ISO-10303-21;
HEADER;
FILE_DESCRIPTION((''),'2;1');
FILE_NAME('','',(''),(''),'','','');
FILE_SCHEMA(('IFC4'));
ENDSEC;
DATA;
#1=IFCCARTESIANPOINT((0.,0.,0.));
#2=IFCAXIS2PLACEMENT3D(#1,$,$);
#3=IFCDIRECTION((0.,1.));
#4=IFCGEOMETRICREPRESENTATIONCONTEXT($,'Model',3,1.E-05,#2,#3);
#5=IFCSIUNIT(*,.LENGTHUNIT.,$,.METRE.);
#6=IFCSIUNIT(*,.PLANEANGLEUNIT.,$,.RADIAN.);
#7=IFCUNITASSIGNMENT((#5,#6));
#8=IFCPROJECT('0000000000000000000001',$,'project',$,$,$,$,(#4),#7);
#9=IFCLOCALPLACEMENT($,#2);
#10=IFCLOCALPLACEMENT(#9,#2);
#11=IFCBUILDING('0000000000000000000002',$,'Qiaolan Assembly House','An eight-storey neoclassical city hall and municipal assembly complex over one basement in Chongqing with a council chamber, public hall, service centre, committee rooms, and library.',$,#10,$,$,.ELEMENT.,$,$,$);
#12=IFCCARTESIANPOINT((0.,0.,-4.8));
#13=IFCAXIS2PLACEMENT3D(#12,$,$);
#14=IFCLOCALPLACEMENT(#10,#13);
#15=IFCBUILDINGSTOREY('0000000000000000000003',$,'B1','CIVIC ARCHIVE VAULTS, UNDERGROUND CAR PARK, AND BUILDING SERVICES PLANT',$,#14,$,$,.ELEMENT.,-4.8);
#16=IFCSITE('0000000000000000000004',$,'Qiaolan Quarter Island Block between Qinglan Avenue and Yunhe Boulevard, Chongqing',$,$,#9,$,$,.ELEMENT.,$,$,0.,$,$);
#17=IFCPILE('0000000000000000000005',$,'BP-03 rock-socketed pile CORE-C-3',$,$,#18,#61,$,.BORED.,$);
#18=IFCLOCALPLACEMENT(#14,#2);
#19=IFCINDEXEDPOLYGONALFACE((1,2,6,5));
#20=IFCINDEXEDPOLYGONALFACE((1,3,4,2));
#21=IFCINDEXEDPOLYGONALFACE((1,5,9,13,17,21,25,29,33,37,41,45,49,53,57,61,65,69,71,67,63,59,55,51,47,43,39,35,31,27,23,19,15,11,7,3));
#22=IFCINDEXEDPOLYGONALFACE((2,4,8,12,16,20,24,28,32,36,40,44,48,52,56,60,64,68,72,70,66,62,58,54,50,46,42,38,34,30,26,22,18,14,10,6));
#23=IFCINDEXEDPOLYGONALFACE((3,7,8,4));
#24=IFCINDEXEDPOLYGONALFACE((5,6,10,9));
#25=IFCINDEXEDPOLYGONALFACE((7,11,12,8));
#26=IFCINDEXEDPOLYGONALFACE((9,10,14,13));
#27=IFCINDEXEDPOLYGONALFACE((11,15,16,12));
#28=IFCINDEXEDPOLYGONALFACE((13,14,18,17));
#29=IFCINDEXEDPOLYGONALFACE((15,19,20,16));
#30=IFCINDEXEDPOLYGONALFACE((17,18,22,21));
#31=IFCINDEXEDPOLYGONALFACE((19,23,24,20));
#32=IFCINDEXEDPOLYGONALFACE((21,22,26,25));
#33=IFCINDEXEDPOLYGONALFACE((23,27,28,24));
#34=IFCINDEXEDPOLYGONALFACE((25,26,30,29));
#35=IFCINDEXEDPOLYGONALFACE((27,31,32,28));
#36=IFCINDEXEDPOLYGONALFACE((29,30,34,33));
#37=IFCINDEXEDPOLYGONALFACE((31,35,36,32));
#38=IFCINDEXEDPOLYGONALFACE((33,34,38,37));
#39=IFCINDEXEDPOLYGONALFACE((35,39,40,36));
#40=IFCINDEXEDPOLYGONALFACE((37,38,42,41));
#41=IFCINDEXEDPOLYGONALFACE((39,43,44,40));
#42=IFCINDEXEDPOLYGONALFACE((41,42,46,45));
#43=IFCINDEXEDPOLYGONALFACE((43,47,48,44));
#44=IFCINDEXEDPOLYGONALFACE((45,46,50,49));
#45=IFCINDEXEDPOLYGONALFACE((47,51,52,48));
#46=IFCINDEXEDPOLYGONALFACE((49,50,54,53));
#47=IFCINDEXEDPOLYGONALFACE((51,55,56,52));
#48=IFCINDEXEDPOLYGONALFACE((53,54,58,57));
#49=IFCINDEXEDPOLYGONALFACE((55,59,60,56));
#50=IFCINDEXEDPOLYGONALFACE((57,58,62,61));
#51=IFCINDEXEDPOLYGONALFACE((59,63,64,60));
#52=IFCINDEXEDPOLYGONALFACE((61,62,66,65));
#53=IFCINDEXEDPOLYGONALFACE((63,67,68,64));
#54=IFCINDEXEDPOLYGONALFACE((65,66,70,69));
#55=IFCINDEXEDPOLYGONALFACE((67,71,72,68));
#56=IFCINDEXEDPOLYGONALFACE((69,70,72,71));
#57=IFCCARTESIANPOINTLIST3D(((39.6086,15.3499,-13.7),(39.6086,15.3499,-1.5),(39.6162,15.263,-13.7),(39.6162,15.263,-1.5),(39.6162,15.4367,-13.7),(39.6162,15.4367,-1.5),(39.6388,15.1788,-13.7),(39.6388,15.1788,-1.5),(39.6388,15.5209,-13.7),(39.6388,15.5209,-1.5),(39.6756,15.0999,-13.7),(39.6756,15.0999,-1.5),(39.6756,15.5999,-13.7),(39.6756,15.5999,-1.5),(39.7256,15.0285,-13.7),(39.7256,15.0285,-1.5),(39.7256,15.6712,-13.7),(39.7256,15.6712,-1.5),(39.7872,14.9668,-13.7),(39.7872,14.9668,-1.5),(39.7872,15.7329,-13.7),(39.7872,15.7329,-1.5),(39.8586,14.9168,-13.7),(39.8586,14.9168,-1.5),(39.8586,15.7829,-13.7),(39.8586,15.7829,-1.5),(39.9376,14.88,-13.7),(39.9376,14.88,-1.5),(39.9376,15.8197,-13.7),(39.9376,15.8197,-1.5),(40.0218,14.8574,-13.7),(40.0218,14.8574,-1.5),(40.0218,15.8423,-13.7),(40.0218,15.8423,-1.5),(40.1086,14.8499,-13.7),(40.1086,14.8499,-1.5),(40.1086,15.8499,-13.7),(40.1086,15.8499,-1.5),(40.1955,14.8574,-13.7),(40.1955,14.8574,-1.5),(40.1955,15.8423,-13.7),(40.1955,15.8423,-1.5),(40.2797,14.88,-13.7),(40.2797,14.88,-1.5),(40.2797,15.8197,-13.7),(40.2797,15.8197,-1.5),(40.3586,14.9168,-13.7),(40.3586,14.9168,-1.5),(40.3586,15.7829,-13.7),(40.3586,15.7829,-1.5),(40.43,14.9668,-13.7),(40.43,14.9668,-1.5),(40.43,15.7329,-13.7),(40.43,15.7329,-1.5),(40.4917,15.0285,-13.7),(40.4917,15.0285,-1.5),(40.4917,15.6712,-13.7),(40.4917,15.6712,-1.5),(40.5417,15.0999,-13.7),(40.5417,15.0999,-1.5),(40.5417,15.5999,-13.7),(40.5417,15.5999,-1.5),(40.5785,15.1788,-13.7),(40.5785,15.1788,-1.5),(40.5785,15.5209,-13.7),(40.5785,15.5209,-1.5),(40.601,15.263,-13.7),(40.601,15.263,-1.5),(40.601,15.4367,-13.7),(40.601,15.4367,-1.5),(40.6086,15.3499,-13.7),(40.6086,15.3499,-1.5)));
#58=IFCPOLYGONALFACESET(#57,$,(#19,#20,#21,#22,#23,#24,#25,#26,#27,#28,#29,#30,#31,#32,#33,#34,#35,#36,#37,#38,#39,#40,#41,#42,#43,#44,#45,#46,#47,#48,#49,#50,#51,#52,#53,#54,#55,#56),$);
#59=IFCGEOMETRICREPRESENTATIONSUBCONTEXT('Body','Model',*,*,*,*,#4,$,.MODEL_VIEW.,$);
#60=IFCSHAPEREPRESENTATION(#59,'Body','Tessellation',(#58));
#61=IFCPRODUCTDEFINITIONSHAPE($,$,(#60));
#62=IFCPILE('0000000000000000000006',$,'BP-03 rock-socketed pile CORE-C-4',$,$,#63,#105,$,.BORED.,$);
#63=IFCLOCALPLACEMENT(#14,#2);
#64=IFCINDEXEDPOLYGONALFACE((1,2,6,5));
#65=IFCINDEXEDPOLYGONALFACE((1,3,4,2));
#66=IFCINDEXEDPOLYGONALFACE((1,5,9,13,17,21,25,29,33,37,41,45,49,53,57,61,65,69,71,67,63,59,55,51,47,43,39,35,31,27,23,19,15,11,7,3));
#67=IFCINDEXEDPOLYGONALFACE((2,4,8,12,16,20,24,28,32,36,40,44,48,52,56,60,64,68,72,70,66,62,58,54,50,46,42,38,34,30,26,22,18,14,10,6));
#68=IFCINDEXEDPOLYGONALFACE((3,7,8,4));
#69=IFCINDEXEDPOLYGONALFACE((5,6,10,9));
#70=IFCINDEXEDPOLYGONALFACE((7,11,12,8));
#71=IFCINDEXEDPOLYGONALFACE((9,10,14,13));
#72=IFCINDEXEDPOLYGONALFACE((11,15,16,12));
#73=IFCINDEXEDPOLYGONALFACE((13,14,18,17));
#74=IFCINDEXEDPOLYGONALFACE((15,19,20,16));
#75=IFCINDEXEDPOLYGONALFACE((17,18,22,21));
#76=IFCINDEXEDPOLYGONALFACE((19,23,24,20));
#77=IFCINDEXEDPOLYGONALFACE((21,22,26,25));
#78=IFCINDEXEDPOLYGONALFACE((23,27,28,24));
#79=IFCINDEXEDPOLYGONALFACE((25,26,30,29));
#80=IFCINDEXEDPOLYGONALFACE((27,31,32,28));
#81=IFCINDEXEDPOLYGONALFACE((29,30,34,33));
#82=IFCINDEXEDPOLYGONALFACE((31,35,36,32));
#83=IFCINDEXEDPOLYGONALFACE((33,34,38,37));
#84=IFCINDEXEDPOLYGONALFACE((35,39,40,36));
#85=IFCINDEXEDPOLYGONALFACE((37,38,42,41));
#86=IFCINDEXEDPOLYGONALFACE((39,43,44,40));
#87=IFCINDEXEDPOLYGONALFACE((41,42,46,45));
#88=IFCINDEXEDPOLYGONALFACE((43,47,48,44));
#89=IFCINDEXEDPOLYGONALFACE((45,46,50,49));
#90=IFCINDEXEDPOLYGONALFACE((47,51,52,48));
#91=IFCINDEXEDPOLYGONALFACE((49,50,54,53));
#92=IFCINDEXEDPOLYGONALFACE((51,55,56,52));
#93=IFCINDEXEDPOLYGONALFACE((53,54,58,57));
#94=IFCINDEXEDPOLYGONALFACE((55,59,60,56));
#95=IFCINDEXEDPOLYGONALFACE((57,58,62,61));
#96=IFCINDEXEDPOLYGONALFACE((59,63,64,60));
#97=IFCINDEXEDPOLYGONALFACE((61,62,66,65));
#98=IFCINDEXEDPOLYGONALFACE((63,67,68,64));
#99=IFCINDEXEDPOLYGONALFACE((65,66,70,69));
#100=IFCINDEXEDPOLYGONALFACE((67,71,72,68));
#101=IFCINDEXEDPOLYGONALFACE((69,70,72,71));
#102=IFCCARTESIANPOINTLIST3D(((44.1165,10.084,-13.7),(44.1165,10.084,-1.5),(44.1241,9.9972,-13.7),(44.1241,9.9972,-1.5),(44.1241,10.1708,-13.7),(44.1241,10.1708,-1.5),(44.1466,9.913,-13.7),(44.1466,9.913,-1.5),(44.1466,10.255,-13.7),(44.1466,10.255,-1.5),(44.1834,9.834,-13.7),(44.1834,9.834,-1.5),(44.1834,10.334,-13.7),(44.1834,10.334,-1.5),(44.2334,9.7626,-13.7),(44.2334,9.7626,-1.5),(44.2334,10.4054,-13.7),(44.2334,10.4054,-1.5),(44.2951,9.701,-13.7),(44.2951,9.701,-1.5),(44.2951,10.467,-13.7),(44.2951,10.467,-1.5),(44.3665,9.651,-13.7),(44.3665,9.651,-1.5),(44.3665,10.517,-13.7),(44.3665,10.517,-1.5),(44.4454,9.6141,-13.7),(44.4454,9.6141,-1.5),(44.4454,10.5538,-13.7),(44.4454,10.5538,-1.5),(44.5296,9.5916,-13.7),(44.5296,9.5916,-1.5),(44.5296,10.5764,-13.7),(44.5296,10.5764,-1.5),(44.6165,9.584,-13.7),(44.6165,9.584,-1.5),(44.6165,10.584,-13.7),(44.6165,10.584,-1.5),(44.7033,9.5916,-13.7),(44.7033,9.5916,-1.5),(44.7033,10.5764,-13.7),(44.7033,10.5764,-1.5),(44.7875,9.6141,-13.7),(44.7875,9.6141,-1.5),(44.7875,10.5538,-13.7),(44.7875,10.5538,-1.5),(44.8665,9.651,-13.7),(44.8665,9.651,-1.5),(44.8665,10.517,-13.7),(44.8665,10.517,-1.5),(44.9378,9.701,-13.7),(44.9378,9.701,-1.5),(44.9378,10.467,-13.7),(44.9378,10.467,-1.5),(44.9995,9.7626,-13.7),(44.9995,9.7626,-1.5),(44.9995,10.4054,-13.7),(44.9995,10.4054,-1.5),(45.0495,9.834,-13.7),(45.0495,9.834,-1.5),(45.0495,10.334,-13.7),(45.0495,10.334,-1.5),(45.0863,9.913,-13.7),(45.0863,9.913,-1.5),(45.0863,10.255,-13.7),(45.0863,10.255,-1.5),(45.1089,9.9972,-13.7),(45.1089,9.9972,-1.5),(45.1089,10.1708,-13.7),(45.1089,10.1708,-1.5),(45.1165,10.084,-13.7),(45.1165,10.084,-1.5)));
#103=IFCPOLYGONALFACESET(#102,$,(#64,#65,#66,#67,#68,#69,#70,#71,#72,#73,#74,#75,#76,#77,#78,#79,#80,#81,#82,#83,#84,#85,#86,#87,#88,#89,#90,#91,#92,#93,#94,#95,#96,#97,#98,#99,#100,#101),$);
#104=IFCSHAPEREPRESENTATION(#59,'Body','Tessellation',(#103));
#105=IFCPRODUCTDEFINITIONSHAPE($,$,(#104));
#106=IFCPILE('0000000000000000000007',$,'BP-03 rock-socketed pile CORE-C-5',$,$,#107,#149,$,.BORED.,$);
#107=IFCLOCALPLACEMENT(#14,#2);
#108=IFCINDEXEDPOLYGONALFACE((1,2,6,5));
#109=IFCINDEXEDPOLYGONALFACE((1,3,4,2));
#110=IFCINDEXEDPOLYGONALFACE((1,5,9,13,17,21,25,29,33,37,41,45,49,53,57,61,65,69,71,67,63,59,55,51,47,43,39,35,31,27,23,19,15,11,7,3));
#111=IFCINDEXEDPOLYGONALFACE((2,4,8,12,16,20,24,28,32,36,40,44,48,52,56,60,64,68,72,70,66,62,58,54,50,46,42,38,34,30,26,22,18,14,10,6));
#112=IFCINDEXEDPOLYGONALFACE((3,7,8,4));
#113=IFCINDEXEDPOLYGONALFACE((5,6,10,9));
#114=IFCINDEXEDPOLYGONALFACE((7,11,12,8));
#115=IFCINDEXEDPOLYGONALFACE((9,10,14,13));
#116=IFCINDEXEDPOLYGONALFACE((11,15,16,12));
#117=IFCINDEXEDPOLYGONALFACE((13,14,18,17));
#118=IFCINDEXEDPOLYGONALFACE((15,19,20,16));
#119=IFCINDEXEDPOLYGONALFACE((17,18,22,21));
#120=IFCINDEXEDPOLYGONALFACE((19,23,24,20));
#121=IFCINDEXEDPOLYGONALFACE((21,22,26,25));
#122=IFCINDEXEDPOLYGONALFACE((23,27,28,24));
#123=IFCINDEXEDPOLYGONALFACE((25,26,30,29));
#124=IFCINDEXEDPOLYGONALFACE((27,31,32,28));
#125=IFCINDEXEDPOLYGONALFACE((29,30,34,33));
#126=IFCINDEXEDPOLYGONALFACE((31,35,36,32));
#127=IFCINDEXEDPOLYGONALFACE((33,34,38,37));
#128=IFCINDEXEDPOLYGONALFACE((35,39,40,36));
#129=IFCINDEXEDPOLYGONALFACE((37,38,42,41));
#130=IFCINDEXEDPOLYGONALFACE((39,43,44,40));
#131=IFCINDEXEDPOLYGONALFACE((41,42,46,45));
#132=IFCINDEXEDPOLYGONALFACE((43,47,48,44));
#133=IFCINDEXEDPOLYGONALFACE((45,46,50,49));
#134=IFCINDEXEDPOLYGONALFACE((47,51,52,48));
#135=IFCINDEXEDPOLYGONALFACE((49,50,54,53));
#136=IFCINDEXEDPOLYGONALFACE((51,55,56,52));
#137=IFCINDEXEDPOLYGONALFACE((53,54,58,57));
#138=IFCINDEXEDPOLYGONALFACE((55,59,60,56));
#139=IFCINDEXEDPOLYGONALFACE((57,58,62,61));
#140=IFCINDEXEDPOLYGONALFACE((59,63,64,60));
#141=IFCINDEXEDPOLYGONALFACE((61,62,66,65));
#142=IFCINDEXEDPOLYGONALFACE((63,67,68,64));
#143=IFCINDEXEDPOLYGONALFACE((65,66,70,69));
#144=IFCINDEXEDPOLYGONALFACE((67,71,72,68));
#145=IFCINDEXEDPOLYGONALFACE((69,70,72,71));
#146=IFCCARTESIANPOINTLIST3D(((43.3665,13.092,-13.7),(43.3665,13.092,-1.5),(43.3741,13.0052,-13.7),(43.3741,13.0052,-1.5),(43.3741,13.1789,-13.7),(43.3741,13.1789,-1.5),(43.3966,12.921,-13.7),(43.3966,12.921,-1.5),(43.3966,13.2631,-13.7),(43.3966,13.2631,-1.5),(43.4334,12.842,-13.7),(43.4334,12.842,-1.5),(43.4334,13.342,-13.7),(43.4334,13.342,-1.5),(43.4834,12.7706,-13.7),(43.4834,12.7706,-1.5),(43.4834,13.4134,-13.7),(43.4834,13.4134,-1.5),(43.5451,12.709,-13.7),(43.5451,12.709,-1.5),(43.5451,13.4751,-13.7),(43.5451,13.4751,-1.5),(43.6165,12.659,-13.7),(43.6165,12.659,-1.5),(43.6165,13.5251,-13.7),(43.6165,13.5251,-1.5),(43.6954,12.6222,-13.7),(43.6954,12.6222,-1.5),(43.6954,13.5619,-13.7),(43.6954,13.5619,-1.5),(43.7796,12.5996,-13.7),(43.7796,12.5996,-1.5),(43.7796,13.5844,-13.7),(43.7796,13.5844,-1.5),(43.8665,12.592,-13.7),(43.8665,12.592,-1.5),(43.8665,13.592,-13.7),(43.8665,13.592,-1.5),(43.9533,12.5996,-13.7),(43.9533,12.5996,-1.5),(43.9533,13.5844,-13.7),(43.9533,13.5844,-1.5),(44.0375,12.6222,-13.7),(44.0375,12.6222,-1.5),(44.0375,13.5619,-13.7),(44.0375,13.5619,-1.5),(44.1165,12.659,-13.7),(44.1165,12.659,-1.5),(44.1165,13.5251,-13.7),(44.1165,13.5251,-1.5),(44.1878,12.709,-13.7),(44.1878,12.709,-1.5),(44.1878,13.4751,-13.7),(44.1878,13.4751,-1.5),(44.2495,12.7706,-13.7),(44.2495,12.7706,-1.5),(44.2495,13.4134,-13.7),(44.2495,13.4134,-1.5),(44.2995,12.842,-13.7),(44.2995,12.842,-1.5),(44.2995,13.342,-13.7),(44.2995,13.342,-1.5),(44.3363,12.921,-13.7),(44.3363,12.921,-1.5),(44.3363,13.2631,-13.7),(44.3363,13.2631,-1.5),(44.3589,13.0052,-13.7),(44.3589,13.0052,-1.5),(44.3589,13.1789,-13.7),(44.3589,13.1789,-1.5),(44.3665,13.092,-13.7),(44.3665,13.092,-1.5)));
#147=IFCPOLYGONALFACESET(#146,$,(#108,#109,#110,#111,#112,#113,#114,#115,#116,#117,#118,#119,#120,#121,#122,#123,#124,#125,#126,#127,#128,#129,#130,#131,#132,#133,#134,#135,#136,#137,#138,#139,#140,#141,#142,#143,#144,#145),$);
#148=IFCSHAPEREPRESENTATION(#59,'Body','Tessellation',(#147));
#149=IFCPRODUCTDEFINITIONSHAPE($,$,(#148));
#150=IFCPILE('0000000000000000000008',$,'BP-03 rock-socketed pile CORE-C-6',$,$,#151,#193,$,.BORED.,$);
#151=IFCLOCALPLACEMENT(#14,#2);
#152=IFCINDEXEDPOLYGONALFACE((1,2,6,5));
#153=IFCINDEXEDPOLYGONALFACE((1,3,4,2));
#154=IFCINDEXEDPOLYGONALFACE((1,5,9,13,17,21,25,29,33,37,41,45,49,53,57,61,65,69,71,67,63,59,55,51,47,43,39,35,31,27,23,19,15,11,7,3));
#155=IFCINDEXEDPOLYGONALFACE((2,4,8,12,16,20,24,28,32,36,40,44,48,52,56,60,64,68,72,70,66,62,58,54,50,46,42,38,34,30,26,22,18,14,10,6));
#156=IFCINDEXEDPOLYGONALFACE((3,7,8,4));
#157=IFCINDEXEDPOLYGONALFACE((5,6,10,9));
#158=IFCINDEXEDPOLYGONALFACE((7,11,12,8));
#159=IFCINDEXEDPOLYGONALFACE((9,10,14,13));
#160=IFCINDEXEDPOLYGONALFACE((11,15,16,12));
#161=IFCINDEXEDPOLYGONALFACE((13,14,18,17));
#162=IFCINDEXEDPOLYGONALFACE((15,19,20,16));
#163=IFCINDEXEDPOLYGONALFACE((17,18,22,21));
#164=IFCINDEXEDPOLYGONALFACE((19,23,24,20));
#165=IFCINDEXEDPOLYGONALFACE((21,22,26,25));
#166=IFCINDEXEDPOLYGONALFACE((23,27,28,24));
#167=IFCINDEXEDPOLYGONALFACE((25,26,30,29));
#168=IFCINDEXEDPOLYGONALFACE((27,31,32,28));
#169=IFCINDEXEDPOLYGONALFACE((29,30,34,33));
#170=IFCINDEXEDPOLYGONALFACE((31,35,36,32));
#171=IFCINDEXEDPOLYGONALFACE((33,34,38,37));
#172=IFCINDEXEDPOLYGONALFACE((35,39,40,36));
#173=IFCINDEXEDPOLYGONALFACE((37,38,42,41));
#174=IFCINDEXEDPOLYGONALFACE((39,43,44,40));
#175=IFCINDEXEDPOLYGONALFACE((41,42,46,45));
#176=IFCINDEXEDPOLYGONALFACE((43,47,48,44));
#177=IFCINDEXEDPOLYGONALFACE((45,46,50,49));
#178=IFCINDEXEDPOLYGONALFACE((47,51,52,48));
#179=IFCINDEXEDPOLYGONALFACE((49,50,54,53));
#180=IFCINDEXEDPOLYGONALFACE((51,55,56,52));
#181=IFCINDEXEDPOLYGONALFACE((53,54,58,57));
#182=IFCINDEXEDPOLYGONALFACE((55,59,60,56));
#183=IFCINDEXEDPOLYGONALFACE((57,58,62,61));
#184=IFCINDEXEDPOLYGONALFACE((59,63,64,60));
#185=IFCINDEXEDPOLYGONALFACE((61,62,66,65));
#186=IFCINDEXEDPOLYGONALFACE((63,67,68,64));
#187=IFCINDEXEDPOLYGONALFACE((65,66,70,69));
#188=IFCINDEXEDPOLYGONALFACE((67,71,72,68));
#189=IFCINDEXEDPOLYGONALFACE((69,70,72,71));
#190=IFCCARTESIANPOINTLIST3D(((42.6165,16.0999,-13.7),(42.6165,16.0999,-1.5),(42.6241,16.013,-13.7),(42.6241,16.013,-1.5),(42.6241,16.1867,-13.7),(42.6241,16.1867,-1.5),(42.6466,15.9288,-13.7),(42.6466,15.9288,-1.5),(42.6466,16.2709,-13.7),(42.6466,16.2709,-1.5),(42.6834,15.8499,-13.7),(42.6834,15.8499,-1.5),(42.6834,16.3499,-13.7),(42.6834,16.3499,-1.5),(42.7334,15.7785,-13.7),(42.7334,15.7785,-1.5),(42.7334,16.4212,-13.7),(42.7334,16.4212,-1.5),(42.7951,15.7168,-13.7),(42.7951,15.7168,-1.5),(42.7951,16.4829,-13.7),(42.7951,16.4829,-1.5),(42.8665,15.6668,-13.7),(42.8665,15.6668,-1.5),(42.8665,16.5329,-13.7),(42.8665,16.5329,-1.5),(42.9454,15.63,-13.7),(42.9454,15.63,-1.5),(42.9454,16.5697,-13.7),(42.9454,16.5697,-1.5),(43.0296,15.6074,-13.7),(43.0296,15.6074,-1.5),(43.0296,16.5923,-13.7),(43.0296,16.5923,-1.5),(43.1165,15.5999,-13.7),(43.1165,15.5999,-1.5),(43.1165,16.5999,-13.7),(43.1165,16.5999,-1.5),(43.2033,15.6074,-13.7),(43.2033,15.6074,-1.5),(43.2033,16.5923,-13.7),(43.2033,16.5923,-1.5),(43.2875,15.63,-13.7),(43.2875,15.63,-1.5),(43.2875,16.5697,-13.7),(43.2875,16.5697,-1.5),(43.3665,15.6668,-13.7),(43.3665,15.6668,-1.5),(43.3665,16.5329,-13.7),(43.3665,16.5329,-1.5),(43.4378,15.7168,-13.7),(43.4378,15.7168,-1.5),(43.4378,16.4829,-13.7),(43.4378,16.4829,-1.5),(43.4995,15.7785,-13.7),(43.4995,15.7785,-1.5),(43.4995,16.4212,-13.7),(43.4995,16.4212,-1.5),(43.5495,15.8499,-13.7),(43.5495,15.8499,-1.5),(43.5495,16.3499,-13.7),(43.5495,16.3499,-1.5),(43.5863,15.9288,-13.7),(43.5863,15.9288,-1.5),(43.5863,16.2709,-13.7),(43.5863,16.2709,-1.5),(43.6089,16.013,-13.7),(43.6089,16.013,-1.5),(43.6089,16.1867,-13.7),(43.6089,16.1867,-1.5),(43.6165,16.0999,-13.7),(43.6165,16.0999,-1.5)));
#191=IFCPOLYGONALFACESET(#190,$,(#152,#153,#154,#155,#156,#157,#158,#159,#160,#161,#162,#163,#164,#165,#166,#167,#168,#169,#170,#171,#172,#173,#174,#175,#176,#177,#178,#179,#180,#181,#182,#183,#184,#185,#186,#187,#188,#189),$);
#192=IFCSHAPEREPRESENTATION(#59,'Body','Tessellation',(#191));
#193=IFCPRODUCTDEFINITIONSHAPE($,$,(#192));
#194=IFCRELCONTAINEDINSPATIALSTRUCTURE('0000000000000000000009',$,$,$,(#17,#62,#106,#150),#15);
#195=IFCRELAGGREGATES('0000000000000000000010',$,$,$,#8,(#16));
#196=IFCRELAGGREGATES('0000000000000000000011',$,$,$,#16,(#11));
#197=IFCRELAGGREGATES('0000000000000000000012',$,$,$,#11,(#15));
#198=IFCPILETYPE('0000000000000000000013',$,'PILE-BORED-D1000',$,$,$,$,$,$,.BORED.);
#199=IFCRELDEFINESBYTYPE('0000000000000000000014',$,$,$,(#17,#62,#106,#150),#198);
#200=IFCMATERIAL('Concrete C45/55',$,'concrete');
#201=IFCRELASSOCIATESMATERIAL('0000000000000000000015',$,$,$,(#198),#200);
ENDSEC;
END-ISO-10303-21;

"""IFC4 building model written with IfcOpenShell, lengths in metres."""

from ifc_helpers import new_model, si_unit, direction, frame, origin, origin_2d, place, context, subcontext, project, spatial, circle, extrude, material, material_profile, profile_set, type_object, element, save


model = new_model("IFC4")

# Units and contexts
model_context = context("Model", 3, precision=1e-05, world=origin(), true_north=direction((0.0, 1.0)))
body_context = subcontext(model_context, "Body", "Model", "MODEL_VIEW")
ifc_project = project(units=[si_unit("LENGTHUNIT", "METRE"), si_unit("PLANEANGLEUNIT", "RADIAN")], contexts=[model_context])

# Site, building, storey
site_placement = place(None, origin())
site = spatial("IfcSite", under=ifc_project, at=site_placement, Name="Qiaolan Quarter Island Block between Qinglan Avenue and Yunhe Boulevard, Chongqing", CompositionType="ELEMENT", RefElevation=0.0)
building_placement = place(site_placement, origin())
building = spatial("IfcBuilding", under=site, at=building_placement, Name="Qiaolan Assembly House", Description="An eight-storey neoclassical city hall and municipal assembly complex over one basement in Chongqing with a council chamber, public hall, service centre, committee rooms, and library.", CompositionType="ELEMENT")
storey_placement = place(building_placement, frame((0.0, 0.0, -4.8)))
storey = spatial("IfcBuildingStorey", under=building, at=storey_placement, Name="B1", Description="CIVIC ARCHIVE VAULTS, UNDERGROUND CAR PARK, AND BUILDING SERVICES PLANT", CompositionType="ELEMENT", Elevation=-4.8)

# Piles
ifc_material_1 = material(Name="Concrete C45/55", Category="concrete")
ifc_material_profile_1 = material_profile(ifc_material_1, circle(Radius=0.5, at=origin_2d()), Name="PILE D1000")
ifc_profile_set_1 = profile_set([ifc_material_profile_1], Name="Concrete C45/55")
pile_type_1 = type_object("IfcPileType", Name="PILE-BORED-D1000", PredefinedType="BORED", material=ifc_profile_set_1)
for number, where, z_axis, x_axis, name in (
    (1, (40.1086, 15.3499, -1.5), (0.0, 0.0, -1.0), (1.0, 0.0, 0.0), "BP-03 rock-socketed pile CORE-C-3"),
    (2, (44.6165, 10.084, -1.5), (0.0, 0.0, -1.0), (1.0, 0.0, 0.0), "BP-03 rock-socketed pile CORE-C-4"),
    (3, (43.8665, 13.092, -1.5), (0.0, 0.0, -1.0), (1.0, 0.0, 0.0), "BP-03 rock-socketed pile CORE-C-5"),
    (4, (43.1165, 16.0999, -1.5), (0.0, 0.0, -1.0), (1.0, 0.0, 0.0), "BP-03 rock-socketed pile CORE-C-6"),
):
    element("IfcPile", number, at=place(storey_placement, frame(where, z_axis=z_axis, x_axis=x_axis)), inside=storey, type_object=pile_type_1, Name=name, PredefinedType="BORED", context=body_context, shape_type="SweptSolid", body=[
        extrude(circle(Radius=0.5, at=origin_2d()), origin(), (0.0, 0.0, 1.0), 12.2),
    ])

save(model, "model.ifc")
